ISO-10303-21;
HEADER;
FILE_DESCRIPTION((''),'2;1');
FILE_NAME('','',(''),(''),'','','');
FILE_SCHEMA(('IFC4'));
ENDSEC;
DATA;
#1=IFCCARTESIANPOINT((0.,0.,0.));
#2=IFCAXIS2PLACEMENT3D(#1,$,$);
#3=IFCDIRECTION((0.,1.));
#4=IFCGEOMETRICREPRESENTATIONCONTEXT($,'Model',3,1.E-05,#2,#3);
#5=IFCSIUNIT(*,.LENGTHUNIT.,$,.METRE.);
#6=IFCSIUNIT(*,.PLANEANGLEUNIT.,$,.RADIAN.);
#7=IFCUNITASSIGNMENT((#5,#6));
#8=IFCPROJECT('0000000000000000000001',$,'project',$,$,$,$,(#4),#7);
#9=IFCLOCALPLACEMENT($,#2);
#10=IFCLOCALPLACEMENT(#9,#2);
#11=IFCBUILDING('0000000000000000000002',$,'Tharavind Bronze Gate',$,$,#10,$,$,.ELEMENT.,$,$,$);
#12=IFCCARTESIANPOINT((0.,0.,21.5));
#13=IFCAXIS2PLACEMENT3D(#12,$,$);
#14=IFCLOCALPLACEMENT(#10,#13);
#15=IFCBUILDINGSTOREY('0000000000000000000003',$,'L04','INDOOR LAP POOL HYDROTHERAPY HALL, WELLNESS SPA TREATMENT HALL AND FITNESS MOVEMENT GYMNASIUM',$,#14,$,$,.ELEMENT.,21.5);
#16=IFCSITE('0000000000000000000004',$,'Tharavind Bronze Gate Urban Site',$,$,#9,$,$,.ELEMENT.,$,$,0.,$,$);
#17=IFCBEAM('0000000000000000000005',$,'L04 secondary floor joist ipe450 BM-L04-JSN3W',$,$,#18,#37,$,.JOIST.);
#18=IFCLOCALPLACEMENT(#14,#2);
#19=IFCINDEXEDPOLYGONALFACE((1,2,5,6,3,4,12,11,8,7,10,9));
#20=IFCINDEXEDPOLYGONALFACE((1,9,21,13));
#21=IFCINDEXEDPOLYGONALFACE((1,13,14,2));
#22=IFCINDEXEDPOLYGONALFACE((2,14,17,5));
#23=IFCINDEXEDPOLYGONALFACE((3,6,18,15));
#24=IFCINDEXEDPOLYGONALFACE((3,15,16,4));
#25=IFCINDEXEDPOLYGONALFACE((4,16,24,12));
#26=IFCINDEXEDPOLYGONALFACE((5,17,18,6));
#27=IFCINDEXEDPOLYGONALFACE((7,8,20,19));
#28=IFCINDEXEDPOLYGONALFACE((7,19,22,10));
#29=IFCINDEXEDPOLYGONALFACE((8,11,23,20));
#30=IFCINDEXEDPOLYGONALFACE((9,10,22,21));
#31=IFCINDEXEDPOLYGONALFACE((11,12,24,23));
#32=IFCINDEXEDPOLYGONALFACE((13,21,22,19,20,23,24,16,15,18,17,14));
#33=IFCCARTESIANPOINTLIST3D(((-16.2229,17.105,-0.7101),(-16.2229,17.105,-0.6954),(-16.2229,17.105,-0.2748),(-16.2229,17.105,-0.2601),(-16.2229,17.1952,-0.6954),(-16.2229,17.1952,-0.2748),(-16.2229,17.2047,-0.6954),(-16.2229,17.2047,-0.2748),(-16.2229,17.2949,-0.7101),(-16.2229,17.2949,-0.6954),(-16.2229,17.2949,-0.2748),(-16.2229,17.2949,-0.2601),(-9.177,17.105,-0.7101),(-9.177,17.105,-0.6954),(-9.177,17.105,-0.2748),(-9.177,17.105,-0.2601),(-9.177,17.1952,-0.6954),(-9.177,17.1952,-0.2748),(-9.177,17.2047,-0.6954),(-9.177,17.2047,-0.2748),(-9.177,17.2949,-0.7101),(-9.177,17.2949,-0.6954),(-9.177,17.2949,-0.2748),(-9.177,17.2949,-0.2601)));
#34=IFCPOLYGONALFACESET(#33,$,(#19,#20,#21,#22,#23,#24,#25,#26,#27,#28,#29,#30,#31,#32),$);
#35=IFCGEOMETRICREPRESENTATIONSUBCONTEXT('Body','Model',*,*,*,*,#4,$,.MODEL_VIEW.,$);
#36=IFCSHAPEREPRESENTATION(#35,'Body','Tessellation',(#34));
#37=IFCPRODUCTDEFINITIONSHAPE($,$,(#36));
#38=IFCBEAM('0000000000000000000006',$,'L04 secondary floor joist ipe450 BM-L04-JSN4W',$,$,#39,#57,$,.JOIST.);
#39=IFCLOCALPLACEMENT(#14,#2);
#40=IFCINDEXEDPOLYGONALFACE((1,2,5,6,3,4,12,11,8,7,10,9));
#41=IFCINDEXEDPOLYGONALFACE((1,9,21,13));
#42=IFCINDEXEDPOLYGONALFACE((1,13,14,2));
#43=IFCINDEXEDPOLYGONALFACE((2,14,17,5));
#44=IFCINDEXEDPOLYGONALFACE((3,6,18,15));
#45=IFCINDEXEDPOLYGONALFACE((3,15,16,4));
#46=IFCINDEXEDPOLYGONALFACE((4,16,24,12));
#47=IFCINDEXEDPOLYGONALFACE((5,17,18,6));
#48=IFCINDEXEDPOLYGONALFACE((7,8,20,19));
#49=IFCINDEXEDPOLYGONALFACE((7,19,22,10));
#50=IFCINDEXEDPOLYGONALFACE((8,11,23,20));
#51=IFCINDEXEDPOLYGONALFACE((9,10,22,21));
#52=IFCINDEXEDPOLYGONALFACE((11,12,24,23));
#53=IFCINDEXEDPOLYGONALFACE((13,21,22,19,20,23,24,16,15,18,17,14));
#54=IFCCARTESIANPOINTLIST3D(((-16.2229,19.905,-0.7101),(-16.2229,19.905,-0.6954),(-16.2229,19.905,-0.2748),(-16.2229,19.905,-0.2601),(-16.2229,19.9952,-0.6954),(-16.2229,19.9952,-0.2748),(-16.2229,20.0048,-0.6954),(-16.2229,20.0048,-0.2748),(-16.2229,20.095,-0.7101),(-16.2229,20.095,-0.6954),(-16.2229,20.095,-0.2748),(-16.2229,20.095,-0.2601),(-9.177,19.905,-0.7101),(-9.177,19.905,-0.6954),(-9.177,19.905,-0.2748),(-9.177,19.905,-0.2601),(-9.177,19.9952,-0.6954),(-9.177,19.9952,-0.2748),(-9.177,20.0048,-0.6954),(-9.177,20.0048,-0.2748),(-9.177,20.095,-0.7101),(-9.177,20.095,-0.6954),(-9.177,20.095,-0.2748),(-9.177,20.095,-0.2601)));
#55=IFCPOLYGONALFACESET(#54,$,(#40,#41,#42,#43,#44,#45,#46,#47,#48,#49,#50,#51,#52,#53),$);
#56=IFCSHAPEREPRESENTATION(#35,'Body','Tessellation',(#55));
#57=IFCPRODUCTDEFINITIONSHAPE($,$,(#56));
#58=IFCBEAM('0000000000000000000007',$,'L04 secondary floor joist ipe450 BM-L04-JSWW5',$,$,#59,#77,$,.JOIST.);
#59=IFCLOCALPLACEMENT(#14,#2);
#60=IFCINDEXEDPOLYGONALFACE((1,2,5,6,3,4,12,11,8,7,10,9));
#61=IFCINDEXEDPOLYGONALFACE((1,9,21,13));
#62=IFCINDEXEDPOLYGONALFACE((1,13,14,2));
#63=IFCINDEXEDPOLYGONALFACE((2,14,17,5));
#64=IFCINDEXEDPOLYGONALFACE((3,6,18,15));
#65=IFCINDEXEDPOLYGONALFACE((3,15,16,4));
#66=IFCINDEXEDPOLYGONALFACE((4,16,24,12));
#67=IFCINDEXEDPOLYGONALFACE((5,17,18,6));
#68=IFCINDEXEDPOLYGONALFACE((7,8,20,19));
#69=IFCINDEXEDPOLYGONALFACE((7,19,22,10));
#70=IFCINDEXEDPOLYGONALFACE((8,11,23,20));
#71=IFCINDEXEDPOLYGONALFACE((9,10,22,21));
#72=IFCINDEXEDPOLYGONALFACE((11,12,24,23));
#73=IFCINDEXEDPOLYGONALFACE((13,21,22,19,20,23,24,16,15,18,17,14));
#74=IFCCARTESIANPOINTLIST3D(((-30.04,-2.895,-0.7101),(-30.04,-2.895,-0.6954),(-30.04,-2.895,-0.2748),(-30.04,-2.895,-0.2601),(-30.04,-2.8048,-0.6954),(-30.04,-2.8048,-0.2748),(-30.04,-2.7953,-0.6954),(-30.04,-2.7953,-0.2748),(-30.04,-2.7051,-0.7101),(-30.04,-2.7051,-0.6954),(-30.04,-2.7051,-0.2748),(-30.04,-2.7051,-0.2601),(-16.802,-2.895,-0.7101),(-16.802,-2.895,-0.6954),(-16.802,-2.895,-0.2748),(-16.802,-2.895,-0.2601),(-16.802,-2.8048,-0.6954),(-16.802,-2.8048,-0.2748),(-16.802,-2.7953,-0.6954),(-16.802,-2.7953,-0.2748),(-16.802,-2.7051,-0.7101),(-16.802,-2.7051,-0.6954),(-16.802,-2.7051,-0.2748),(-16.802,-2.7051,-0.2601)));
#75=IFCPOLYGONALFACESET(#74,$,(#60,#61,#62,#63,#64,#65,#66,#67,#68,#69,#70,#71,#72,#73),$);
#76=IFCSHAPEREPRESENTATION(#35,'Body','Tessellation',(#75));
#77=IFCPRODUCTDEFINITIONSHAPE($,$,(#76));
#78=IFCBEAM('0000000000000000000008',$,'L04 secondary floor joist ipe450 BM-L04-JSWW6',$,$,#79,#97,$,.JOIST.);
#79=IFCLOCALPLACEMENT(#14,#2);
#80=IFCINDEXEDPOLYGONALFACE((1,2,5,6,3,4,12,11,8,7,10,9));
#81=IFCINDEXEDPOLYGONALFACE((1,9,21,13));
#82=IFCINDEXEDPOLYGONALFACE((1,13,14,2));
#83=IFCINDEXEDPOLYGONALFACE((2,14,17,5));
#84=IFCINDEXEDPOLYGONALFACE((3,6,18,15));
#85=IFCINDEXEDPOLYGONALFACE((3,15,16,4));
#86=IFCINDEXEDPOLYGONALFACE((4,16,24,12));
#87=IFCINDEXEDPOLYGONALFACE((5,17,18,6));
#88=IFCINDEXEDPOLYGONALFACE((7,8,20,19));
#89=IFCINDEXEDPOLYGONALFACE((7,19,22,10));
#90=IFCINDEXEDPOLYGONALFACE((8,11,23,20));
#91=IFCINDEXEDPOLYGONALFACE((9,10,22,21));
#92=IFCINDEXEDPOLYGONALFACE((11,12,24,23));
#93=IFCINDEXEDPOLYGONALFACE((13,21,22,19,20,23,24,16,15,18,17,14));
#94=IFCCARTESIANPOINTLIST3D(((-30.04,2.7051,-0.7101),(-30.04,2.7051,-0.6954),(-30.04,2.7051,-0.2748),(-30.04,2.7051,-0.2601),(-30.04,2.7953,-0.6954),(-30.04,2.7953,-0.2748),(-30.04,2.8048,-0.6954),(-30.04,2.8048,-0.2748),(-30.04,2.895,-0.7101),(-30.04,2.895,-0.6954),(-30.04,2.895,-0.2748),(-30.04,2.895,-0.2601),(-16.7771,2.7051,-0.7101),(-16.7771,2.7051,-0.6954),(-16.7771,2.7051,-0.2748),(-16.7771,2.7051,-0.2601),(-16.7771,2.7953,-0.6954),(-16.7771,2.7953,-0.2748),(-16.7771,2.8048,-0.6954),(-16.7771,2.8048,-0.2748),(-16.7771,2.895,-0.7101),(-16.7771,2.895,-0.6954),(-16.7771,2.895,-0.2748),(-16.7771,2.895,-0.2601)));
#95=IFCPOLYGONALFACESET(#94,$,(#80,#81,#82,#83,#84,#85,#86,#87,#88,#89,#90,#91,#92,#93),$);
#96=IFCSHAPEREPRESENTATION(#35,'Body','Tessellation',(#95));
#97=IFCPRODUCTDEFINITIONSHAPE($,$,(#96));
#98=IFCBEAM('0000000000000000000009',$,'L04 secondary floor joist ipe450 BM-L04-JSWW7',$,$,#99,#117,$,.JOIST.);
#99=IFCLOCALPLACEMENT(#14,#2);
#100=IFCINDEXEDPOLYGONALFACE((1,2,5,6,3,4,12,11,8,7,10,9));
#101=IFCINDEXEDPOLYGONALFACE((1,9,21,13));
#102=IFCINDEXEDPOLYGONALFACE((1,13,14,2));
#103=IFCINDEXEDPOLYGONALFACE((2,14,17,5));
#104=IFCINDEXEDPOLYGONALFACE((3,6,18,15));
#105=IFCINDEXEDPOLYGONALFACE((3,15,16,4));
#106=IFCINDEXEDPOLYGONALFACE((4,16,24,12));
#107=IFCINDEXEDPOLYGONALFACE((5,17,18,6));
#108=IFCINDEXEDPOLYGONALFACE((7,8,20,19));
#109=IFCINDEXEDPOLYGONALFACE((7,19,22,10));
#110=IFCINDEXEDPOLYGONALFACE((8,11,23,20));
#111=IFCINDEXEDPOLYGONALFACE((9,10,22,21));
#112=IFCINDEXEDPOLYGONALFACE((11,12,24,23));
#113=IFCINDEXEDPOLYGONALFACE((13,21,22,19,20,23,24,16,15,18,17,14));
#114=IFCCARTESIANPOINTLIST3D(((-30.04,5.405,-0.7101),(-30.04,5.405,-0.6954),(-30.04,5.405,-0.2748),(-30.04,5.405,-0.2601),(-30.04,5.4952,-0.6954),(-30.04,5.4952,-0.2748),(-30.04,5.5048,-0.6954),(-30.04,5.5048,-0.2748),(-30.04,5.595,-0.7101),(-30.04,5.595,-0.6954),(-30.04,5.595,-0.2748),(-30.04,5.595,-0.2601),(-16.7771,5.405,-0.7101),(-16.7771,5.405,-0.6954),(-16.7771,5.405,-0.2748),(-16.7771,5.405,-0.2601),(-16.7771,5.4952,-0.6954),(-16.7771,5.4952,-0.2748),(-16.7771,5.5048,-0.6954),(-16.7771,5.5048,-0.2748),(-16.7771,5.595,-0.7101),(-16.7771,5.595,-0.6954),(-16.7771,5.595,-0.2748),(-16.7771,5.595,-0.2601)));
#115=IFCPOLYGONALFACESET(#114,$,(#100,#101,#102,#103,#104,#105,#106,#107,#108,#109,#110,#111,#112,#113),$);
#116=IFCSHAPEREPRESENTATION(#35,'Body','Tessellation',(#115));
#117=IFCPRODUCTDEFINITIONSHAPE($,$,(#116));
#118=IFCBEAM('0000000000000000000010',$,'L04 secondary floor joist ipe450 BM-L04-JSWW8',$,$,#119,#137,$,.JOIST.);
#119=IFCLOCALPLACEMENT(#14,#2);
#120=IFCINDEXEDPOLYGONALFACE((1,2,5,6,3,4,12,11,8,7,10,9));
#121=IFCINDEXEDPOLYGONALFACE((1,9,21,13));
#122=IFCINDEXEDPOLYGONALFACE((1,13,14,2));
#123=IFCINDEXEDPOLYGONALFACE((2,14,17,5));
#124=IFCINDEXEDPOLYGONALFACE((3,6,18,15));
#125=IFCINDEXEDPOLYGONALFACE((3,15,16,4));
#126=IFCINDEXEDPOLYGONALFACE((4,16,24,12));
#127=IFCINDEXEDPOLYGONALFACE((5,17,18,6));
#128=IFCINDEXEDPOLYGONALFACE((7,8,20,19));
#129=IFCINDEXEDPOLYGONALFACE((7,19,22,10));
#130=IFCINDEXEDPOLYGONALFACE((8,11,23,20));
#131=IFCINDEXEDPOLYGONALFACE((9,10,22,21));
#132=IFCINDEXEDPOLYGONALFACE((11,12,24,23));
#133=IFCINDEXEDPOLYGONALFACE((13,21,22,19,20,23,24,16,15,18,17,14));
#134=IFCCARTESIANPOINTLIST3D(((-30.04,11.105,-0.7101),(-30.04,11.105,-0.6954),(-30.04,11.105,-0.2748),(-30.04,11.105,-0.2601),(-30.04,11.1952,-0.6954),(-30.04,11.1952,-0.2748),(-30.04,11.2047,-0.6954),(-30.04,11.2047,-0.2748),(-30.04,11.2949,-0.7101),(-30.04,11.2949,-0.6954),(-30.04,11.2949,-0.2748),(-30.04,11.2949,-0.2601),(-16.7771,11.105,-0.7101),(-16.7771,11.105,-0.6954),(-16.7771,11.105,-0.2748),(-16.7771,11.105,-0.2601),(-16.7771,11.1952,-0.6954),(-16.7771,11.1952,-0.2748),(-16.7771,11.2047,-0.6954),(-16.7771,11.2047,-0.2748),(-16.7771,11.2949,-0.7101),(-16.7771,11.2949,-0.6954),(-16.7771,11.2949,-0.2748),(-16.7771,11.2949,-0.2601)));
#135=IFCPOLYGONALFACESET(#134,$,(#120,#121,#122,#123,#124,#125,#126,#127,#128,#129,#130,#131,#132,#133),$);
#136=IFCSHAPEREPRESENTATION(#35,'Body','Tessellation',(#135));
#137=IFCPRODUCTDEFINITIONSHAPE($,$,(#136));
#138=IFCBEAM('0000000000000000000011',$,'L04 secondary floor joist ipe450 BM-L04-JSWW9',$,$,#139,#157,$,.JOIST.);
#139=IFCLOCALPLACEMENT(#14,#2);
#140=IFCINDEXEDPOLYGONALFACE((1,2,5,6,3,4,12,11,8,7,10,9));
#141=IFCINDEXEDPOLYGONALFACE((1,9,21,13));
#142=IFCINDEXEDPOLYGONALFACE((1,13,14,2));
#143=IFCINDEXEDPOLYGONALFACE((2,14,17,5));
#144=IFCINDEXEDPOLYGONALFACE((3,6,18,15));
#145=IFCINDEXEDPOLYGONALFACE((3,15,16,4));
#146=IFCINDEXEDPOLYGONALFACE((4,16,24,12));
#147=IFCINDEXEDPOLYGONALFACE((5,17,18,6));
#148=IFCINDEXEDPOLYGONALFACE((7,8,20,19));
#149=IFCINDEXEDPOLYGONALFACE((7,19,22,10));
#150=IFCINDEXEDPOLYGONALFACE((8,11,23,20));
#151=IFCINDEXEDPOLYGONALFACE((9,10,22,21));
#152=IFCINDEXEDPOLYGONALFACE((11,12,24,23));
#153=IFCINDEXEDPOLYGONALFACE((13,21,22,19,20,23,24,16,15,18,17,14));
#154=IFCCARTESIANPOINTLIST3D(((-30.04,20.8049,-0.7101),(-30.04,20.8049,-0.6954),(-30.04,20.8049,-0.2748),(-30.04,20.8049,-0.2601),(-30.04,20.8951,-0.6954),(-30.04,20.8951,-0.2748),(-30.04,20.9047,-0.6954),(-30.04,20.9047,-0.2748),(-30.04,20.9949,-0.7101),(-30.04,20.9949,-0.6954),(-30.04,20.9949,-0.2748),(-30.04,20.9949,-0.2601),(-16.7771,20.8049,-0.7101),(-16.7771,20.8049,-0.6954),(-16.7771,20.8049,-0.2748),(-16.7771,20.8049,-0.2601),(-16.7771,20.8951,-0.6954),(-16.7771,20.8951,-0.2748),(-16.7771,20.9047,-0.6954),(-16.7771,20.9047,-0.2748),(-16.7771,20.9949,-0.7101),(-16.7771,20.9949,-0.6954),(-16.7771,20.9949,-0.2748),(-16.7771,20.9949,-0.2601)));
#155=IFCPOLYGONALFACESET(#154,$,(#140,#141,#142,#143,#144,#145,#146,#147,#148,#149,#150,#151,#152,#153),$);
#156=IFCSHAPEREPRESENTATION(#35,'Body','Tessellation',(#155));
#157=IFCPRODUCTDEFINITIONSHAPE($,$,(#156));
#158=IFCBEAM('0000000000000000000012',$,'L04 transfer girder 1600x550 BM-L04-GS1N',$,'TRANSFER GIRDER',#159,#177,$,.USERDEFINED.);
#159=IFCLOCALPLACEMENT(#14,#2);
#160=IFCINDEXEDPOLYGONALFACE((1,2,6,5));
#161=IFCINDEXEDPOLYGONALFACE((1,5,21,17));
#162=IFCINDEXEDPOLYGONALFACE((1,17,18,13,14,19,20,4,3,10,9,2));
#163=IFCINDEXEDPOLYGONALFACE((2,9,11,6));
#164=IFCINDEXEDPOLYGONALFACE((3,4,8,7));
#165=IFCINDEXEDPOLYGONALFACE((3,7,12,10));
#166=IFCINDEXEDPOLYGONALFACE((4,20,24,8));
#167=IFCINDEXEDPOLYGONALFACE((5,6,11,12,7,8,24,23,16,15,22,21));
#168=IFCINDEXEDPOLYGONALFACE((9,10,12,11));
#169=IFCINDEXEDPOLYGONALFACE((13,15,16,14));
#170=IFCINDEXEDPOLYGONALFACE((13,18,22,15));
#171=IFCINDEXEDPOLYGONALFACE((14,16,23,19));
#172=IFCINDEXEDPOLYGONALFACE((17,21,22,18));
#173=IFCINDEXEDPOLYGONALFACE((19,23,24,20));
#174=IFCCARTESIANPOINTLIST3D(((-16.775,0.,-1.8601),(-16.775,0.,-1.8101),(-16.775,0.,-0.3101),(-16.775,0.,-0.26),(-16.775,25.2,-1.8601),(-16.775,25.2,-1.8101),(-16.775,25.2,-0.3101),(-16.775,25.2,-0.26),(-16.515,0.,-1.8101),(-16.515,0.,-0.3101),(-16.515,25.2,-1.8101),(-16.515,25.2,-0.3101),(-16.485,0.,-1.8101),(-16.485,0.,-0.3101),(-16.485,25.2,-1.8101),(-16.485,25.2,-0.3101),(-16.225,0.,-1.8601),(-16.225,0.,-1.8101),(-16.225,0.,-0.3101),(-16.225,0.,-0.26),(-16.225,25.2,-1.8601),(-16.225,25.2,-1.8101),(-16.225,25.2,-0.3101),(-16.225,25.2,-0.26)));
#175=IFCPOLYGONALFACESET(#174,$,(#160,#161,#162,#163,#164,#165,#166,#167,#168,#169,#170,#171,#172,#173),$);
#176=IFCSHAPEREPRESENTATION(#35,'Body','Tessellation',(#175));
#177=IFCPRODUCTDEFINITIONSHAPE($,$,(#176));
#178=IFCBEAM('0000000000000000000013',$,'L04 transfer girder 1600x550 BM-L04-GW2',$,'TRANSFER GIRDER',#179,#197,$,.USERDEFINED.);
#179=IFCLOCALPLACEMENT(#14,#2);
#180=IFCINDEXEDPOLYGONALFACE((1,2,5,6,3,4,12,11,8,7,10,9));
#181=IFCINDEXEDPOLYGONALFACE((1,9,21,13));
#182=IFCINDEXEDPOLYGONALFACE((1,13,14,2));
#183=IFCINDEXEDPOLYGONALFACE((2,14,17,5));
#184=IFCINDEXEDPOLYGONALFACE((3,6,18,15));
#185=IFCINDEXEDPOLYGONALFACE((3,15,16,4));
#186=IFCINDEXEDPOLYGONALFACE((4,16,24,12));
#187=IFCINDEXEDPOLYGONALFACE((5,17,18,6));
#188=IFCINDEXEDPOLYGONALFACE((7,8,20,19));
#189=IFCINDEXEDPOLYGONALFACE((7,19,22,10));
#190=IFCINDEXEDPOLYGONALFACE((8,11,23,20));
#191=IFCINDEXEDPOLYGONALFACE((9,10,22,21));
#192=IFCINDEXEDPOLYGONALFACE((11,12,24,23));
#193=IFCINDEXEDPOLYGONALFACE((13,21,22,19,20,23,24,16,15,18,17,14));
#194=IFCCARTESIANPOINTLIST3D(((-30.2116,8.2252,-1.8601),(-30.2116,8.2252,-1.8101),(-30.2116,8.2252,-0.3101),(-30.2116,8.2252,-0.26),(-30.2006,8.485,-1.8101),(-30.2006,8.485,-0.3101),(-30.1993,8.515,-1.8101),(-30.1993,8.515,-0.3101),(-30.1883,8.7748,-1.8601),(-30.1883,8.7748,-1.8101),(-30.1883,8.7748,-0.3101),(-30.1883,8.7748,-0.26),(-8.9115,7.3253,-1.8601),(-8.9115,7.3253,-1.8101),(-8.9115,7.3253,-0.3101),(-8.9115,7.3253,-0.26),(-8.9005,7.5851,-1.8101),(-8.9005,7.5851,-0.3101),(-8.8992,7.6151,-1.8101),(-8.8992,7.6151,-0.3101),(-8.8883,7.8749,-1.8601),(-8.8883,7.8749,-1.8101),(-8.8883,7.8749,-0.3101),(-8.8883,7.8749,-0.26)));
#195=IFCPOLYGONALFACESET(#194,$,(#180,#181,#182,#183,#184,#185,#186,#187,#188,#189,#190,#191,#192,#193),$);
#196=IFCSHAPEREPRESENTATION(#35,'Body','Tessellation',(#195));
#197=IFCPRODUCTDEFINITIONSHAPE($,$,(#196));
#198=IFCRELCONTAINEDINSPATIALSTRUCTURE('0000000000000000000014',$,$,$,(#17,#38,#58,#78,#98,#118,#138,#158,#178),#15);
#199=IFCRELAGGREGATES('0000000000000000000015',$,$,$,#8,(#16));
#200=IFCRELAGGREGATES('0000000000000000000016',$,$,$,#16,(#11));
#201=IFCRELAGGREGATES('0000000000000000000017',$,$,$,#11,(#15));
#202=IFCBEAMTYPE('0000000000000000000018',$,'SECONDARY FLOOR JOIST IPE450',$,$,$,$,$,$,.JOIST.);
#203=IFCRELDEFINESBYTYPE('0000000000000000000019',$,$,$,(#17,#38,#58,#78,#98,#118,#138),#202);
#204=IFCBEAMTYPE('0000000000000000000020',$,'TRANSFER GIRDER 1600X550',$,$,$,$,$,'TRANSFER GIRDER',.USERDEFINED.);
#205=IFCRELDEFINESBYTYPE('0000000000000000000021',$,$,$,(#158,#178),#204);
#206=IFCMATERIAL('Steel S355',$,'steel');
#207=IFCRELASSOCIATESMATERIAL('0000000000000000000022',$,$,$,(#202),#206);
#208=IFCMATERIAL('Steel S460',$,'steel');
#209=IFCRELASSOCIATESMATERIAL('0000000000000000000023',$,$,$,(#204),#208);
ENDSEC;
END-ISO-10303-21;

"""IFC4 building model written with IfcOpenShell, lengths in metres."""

from ifc_helpers import new_model, si_unit, direction, frame, origin, origin_2d, place, context, subcontext, project, spatial, i_section, extrude, material, material_profile, profile_set, type_object, element, save


model = new_model("IFC4")

# Units and contexts
model_context = context("Model", 3, precision=1e-05, world=origin(), true_north=direction((0.0, 1.0)))
body_context = subcontext(model_context, "Body", "Model", "MODEL_VIEW")
ifc_project = project(units=[si_unit("LENGTHUNIT", "METRE"), si_unit("PLANEANGLEUNIT", "RADIAN")], contexts=[model_context])

# Site, building, storey
site_placement = place(None, origin())
site = spatial("IfcSite", under=ifc_project, at=site_placement, Name="Tharavind Bronze Gate Urban Site", CompositionType="ELEMENT", RefElevation=0.0)
building_placement = place(site_placement, origin())
building = spatial("IfcBuilding", under=site, at=building_placement, Name="Tharavind Bronze Gate", CompositionType="ELEMENT")
storey_placement = place(building_placement, frame((0.0, 0.0, 21.5)))
storey = spatial("IfcBuildingStorey", under=building, at=storey_placement, Name="L04", Description="INDOOR LAP POOL HYDROTHERAPY HALL, WELLNESS SPA TREATMENT HALL AND FITNESS MOVEMENT GYMNASIUM", CompositionType="ELEMENT", Elevation=21.5)

# Shared definitions
ifc_material_1 = material(Name="Steel S460", Category="steel")

# Beams
ifc_material_2 = material(Name="Steel S355", Category="steel")
ifc_material_profile_1 = material_profile(ifc_material_2, i_section(OverallWidth=0.1899, OverallDepth=0.45, WebThickness=0.0095, FlangeThickness=0.0146, at=origin_2d()), Name="IPE450")
ifc_profile_set_1 = profile_set([ifc_material_profile_1], Name="Steel S355")
beam_type_1 = type_object("IfcBeamType", Name="SECONDARY FLOOR JOIST IPE450", PredefinedType="JOIST", material=ifc_profile_set_1)
for number, where, z_axis, x_axis, name in (
    (1, (-16.2229, 17.2, -0.4851), (1.0, 0.0, 0.0), (0.0, 1.0, 0.0), "L04 secondary floor joist ipe450 BM-L04-JSN3W"),
    (2, (-16.2229, 20.0, -0.4851), (1.0, 0.0, 0.0), (0.0, 1.0, 0.0), "L04 secondary floor joist ipe450 BM-L04-JSN4W"),
):
    element("IfcBeam", number, at=place(storey_placement, frame(where, z_axis=z_axis, x_axis=x_axis)), inside=storey, type_object=beam_type_1, Name=name, PredefinedType="JOIST", context=body_context, shape_type="SweptSolid", body=[
        extrude(i_section(OverallWidth=0.1899, OverallDepth=0.45, WebThickness=0.0095, FlangeThickness=0.0146, at=origin_2d()), origin(), (0.0, 0.0, 1.0), 7.0459),
    ])
beam_1_placement = place(storey_placement, frame((-30.04, -2.8, -0.4851), z_axis=(1.0, 0.0, 0.0), x_axis=(0.0, 1.0, 0.0)))
element("IfcBeam", 3, at=beam_1_placement, inside=storey, type_object=beam_type_1, Name="L04 secondary floor joist ipe450 BM-L04-JSWW5", PredefinedType="JOIST", context=body_context, shape_type="SweptSolid", body=[
    extrude(i_section(OverallWidth=0.1899, OverallDepth=0.45, WebThickness=0.0095, FlangeThickness=0.0146, at=origin_2d()), origin(), (0.0, 0.0, 1.0), 13.238),
])
for number, where, z_axis, x_axis, name in (
    (4, (-30.04, 2.8, -0.4851), (1.0, 0.0, 0.0), (0.0, 1.0, 0.0), "L04 secondary floor joist ipe450 BM-L04-JSWW6"),
    (5, (-30.04, 5.5, -0.4851), (1.0, 0.0, 0.0), (0.0, 1.0, 0.0), "L04 secondary floor joist ipe450 BM-L04-JSWW7"),
    (6, (-30.04, 11.2, -0.4851), (1.0, 0.0, 0.0), (0.0, 1.0, 0.0), "L04 secondary floor joist ipe450 BM-L04-JSWW8"),
    (7, (-30.04, 20.8999, -0.4851), (1.0, 0.0, 0.0), (0.0, 1.0, 0.0), "L04 secondary floor joist ipe450 BM-L04-JSWW9"),
):
    element("IfcBeam", number, at=place(storey_placement, frame(where, z_axis=z_axis, x_axis=x_axis)), inside=storey, type_object=beam_type_1, Name=name, PredefinedType="JOIST", context=body_context, shape_type="SweptSolid", body=[
        extrude(i_section(OverallWidth=0.1899, OverallDepth=0.45, WebThickness=0.0095, FlangeThickness=0.0146, at=origin_2d()), origin(), (0.0, 0.0, 1.0), 13.2629),
    ])
ifc_material_profile_2 = material_profile(ifc_material_1, i_section(OverallWidth=0.55, OverallDepth=1.6001, WebThickness=0.03, FlangeThickness=0.05, at=origin_2d()), Name="PG1600X550")
ifc_profile_set_2 = profile_set([ifc_material_profile_2], Name="Steel S460")
beam_type_2 = type_object("IfcBeamType", Name="TRANSFER GIRDER 1600X550", ElementType="TRANSFER GIRDER", PredefinedType="USERDEFINED", material=ifc_profile_set_2)
beam_2_placement = place(storey_placement, frame((-16.5, 0.0, -1.0601), z_axis=(0.0, 1.0, 0.0), x_axis=(-1.0, 0.0, 0.0)))
element("IfcBeam", 8, at=beam_2_placement, inside=storey, type_object=beam_type_2, Name="L04 transfer girder 1600x550 BM-L04-GS1N", ObjectType="TRANSFER GIRDER", PredefinedType="USERDEFINED", context=body_context, shape_type="SweptSolid", body=[
    extrude(i_section(OverallWidth=0.55, OverallDepth=1.6001, WebThickness=0.03, FlangeThickness=0.05, at=origin_2d()), origin(), (0.0, 0.0, 1.0), 25.2),
])
beam_3_placement = place(storey_placement, frame((-30.2, 8.5, -1.0601), z_axis=(0.999109, -0.042211, 0.0), x_axis=(0.042211, 0.999109, 0.0)))
element("IfcBeam", 9, at=beam_3_placement, inside=storey, type_object=beam_type_2, Name="L04 transfer girder 1600x550 BM-L04-GW2", ObjectType="TRANSFER GIRDER", PredefinedType="USERDEFINED", context=body_context, shape_type="SweptSolid", body=[
    extrude(i_section(OverallWidth=0.55, OverallDepth=1.6001, WebThickness=0.03, FlangeThickness=0.05, at=origin_2d()), origin(), (0.0, 0.0, 1.0), 21.3191),
])

save(model, "model.ifc")
